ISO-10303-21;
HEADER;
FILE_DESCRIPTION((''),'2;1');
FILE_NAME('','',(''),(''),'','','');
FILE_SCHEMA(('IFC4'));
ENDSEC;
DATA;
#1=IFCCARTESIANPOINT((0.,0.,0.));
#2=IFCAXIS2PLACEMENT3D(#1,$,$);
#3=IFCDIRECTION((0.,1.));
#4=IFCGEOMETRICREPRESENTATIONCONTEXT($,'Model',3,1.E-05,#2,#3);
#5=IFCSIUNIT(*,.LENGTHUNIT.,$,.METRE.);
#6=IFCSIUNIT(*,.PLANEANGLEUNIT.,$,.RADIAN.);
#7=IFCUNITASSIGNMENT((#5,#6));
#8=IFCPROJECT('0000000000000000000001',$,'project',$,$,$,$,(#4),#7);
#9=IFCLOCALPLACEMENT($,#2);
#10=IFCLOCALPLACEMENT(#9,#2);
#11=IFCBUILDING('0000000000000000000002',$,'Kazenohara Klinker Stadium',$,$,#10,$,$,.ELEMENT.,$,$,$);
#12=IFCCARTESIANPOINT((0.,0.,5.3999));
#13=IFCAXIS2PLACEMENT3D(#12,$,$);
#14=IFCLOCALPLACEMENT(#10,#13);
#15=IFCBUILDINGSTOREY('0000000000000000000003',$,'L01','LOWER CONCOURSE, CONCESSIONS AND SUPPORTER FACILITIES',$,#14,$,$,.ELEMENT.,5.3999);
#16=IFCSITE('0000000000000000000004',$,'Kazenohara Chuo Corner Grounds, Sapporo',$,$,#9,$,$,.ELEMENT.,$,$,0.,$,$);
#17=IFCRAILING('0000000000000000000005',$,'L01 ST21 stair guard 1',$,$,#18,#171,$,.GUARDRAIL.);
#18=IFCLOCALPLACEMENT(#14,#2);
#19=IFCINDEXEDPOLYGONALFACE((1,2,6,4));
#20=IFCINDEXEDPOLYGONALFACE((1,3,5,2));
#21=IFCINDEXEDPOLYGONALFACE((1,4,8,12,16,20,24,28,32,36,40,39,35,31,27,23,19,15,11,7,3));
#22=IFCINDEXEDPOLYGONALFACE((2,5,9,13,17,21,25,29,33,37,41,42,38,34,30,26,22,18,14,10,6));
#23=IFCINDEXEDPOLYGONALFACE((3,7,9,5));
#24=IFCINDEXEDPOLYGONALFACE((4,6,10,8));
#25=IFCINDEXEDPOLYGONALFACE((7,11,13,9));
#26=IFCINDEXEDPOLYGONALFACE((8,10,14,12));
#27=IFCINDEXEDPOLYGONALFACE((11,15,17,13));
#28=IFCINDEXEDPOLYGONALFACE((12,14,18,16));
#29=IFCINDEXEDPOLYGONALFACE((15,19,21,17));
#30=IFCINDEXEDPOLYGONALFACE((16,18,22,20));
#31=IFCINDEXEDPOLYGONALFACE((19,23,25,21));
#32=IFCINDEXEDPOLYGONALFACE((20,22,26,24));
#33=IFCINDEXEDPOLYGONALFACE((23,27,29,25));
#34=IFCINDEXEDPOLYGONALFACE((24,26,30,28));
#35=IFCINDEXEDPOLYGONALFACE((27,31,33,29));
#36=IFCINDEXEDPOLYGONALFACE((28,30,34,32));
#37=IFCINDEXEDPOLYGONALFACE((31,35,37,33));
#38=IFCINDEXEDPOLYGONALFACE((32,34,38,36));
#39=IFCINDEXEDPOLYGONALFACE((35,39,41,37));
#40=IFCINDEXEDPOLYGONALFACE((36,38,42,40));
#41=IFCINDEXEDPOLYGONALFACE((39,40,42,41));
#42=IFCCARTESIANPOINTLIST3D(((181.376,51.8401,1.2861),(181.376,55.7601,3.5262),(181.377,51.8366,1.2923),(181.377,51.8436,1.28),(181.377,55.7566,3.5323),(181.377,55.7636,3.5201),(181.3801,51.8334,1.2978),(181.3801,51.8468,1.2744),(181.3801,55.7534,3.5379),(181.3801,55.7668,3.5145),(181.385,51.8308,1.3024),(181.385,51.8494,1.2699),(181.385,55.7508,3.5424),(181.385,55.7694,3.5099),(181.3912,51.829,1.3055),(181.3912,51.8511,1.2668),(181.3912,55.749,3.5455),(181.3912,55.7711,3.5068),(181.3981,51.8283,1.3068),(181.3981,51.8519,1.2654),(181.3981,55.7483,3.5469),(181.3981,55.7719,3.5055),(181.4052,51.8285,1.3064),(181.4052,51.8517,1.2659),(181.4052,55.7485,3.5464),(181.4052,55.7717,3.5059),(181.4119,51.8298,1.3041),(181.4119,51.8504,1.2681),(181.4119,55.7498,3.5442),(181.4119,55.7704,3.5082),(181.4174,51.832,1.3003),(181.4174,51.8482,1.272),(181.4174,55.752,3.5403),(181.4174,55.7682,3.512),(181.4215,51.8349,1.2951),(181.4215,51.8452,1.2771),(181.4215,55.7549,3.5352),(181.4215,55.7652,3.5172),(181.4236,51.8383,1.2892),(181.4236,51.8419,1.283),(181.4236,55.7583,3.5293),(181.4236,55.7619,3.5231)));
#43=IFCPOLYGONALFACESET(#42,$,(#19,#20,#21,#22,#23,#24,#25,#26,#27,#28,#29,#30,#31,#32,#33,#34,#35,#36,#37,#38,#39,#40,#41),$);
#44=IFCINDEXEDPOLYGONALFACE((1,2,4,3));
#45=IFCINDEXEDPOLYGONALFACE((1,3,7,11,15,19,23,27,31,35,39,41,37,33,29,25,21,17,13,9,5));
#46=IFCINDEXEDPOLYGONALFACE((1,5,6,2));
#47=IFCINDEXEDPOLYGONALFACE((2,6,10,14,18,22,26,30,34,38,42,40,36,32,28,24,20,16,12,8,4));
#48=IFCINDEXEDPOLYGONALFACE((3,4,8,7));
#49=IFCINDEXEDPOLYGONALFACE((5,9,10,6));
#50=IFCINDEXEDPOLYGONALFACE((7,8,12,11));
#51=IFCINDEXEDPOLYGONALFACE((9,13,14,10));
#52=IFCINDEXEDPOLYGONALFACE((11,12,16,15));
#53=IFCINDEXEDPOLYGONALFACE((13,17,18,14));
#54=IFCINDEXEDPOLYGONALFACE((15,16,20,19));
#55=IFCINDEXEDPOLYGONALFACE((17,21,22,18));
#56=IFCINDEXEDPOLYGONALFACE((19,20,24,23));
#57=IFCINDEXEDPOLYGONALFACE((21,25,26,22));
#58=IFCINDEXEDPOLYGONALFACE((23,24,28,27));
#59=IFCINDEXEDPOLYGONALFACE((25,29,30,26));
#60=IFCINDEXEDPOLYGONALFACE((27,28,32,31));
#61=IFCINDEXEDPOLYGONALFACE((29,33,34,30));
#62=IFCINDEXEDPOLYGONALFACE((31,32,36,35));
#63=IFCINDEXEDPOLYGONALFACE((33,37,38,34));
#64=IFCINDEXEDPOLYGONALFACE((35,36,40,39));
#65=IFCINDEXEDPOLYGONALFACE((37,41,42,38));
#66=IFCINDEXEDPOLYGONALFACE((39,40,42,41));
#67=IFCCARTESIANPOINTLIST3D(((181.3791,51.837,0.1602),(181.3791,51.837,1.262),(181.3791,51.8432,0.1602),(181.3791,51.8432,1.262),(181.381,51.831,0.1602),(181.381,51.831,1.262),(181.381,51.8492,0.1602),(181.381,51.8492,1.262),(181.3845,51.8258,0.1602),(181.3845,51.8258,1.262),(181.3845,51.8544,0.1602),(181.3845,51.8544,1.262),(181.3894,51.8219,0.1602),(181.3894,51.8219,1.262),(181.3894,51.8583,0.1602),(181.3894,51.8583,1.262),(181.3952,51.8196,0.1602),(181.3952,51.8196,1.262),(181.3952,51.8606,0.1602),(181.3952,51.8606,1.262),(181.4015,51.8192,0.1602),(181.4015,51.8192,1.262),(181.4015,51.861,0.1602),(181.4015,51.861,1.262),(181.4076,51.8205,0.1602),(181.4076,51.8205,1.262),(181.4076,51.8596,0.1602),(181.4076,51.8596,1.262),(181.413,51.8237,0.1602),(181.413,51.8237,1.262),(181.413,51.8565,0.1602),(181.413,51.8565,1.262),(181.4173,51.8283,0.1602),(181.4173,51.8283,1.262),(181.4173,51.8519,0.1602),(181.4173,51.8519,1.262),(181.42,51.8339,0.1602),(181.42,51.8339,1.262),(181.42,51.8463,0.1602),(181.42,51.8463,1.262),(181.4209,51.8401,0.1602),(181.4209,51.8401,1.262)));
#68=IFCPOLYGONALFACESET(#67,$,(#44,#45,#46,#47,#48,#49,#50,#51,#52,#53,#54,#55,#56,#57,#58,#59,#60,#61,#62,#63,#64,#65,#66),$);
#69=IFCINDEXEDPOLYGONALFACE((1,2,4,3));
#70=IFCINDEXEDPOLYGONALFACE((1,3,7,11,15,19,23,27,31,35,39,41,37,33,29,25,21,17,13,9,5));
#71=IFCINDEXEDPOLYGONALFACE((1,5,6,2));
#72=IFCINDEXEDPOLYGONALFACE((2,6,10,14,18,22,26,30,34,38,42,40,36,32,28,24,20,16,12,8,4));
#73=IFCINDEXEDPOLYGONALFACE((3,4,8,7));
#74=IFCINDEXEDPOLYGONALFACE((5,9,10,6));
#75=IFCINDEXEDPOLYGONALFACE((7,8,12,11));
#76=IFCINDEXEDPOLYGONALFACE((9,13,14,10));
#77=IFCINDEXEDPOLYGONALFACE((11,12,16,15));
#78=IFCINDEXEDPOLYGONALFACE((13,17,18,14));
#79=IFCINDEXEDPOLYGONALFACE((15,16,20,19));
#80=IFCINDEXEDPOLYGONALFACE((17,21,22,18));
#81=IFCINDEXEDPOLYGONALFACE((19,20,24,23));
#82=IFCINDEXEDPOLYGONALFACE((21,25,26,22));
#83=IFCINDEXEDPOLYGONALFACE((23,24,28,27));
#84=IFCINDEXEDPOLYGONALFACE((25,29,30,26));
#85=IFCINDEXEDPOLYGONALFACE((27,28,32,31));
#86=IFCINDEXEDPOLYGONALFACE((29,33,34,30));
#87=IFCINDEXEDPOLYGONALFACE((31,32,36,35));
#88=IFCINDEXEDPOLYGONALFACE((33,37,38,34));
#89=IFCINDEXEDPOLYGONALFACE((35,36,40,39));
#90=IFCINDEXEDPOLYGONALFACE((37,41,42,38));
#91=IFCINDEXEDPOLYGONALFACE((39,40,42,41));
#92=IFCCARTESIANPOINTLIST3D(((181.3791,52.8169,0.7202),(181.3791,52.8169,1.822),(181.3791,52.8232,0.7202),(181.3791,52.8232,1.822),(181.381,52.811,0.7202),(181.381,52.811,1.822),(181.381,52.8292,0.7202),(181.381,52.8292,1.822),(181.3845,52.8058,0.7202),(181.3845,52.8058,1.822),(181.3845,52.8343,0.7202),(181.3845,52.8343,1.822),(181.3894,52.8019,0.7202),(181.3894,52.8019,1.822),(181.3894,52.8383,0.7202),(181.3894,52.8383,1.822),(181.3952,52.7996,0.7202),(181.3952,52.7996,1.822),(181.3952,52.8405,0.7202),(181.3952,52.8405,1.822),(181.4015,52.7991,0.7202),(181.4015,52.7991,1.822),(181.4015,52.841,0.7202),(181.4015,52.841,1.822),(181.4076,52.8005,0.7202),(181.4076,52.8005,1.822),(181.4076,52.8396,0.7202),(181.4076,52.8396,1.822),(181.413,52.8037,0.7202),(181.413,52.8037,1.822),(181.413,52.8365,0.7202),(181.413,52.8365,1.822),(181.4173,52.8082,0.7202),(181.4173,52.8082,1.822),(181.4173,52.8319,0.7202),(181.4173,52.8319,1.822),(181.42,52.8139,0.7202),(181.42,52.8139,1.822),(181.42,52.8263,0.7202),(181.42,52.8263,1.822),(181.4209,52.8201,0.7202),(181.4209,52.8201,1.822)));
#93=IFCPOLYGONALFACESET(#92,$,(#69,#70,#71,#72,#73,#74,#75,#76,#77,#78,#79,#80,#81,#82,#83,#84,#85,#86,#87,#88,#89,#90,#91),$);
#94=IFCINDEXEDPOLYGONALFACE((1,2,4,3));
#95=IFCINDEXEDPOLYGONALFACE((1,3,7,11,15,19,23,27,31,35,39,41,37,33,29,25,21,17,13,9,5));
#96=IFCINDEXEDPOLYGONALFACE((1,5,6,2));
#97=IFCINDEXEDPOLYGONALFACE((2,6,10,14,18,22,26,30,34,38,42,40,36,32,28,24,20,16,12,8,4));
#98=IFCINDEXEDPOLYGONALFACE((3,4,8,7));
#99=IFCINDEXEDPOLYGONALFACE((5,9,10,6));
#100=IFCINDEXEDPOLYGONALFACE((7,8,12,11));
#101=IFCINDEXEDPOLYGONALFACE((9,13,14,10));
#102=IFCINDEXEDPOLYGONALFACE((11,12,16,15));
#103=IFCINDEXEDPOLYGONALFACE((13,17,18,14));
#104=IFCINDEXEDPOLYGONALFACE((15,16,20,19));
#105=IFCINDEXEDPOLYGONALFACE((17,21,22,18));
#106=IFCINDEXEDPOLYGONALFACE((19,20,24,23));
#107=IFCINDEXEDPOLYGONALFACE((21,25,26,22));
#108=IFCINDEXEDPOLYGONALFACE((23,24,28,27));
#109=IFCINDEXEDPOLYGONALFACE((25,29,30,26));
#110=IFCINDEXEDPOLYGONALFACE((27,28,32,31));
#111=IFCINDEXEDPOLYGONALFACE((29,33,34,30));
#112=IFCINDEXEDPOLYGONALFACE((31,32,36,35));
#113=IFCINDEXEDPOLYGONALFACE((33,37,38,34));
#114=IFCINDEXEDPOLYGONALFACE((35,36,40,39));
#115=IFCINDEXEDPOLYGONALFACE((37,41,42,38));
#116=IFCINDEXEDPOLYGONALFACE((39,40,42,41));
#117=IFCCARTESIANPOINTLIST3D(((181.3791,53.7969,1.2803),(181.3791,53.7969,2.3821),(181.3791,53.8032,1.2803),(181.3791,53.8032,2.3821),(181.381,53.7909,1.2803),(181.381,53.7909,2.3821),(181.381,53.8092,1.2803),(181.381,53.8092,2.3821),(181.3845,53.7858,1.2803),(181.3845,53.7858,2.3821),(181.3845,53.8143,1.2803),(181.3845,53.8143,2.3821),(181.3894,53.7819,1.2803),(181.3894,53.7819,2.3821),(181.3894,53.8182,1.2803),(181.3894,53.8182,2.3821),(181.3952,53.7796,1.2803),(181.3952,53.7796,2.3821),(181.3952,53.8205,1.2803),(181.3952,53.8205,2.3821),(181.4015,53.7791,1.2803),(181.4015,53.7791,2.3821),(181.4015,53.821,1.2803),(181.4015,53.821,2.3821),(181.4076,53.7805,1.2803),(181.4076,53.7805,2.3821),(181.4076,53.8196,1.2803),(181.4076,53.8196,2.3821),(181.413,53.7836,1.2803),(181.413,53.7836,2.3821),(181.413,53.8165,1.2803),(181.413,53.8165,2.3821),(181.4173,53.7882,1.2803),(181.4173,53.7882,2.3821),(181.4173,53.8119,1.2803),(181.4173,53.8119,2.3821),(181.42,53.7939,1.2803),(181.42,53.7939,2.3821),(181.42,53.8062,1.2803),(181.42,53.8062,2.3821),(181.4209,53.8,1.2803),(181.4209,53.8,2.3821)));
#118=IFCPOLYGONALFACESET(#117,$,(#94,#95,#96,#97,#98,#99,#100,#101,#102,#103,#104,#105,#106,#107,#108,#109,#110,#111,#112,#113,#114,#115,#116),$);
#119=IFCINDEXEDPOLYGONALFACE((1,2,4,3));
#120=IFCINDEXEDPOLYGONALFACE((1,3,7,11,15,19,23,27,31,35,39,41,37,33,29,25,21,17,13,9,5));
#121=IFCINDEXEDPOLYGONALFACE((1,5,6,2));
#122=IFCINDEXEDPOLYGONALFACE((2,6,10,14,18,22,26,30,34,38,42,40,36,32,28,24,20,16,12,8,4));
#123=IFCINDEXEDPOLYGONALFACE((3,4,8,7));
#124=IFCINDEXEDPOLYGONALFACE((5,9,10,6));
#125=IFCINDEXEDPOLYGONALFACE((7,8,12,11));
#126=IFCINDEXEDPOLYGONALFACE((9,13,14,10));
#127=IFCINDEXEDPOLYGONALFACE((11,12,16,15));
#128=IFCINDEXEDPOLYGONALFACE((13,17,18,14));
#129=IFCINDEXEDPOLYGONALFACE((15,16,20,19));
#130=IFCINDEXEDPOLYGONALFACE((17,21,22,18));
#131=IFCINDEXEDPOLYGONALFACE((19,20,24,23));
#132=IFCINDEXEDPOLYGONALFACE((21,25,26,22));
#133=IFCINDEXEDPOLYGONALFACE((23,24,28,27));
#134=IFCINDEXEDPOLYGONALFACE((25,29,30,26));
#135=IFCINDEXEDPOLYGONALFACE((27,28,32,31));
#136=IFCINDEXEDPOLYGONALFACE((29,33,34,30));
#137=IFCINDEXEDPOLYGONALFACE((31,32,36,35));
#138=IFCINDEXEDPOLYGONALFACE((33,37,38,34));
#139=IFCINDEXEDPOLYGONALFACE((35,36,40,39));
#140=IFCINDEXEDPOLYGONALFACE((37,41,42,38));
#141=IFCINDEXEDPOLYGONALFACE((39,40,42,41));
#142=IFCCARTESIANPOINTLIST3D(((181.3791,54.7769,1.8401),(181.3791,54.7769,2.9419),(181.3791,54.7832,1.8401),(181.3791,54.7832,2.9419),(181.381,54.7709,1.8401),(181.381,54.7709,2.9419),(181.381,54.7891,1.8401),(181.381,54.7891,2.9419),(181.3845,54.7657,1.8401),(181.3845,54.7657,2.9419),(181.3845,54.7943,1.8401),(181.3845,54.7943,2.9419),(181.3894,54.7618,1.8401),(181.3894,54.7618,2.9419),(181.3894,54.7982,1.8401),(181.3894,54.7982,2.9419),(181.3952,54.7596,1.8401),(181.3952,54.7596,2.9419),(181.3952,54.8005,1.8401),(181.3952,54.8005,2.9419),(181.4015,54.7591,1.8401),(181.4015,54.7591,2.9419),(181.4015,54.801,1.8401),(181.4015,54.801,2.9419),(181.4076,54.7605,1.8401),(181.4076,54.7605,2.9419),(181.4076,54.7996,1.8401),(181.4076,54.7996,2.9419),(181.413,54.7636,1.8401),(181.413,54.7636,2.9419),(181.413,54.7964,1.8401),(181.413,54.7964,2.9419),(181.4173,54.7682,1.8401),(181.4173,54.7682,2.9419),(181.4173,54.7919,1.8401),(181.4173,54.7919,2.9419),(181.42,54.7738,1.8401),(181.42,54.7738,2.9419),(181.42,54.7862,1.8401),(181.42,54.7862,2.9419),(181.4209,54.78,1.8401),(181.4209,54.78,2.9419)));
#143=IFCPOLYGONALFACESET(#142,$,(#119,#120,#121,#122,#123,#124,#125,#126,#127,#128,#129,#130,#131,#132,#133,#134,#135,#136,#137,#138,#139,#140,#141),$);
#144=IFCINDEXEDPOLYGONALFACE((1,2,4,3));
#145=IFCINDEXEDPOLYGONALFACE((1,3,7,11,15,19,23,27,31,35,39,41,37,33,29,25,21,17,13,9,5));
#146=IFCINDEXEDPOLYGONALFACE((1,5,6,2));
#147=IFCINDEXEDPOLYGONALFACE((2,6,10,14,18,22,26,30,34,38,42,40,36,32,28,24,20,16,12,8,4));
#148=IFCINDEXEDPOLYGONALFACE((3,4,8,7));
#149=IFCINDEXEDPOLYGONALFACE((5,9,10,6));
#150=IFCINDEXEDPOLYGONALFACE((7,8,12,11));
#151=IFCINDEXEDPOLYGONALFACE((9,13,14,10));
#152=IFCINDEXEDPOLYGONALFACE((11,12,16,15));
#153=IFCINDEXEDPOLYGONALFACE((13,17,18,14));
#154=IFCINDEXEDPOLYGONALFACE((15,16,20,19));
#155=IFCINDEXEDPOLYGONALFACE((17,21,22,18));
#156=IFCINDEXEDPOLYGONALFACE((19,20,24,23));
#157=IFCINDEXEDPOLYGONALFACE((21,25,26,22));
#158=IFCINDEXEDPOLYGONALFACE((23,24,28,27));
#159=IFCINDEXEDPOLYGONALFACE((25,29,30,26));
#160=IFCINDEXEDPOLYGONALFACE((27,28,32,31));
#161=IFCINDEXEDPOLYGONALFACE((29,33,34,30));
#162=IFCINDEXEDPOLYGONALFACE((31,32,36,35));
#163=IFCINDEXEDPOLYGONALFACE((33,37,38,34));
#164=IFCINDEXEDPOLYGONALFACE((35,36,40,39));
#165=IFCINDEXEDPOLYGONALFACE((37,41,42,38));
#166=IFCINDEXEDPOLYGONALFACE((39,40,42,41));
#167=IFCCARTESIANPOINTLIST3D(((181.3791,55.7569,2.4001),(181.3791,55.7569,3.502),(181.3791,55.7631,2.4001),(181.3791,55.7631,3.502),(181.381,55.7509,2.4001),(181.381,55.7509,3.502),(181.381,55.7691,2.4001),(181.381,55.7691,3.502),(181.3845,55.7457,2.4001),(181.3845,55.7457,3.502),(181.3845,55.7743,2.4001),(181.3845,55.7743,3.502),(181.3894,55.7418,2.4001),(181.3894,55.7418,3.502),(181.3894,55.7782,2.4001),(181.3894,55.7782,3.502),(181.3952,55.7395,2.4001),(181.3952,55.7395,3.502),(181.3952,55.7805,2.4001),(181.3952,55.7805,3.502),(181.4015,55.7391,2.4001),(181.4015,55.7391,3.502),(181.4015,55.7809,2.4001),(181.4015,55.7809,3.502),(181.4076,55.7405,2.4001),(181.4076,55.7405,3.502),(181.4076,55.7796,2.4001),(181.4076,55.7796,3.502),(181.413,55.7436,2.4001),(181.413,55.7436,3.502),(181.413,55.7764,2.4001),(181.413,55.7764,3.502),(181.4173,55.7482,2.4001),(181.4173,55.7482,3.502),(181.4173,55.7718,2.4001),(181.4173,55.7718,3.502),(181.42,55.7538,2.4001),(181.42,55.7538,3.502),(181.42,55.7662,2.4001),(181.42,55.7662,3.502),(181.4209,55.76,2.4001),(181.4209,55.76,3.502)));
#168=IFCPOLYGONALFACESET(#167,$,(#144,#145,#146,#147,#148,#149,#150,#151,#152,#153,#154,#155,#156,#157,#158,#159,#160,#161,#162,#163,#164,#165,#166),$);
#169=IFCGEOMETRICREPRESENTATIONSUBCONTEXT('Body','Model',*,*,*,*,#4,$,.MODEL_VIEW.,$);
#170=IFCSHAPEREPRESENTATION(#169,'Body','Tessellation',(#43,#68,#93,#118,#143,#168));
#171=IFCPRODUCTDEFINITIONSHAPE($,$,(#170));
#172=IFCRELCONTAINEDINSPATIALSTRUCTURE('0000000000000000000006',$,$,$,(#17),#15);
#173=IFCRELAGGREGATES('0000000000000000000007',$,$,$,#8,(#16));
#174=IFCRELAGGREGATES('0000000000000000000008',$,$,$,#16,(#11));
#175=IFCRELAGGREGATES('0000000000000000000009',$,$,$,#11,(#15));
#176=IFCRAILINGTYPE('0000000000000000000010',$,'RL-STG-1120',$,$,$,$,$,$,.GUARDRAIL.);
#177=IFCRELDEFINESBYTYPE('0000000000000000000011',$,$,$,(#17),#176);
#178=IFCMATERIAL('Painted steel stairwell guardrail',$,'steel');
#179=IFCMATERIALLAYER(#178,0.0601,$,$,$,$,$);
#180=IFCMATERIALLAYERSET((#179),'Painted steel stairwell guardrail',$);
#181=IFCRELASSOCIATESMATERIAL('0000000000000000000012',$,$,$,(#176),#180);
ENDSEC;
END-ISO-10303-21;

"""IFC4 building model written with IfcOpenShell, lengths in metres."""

from ifc_helpers import new_model, si_unit, direction, frame, origin, origin_2d, place, context, subcontext, project, spatial, circle, extrude, material, layer, layer_set, type_object, element, save


model = new_model("IFC4")

# Units and contexts
model_context = context("Model", 3, precision=1e-05, world=origin(), true_north=direction((0.0, 1.0)))
body_context = subcontext(model_context, "Body", "Model", "MODEL_VIEW")
ifc_project = project(units=[si_unit("LENGTHUNIT", "METRE"), si_unit("PLANEANGLEUNIT", "RADIAN")], contexts=[model_context])

# Site, building, storey
site_placement = place(None, origin())
site = spatial("IfcSite", under=ifc_project, at=site_placement, Name="Kazenohara Chuo Corner Grounds, Sapporo", CompositionType="ELEMENT", RefElevation=0.0)
building_placement = place(site_placement, origin())
building = spatial("IfcBuilding", under=site, at=building_placement, Name="Kazenohara Klinker Stadium", CompositionType="ELEMENT")
storey_placement = place(building_placement, frame((0.0, 0.0, 5.3999)))
storey = spatial("IfcBuildingStorey", under=building, at=storey_placement, Name="L01", Description="LOWER CONCOURSE, CONCESSIONS AND SUPPORTER FACILITIES", CompositionType="ELEMENT", Elevation=5.3999)

# Railing
ifc_material_1 = material(Name="Painted steel stairwell guardrail", Category="steel")
ifc_layer_1 = layer(ifc_material_1, 0.0601)
ifc_layer_set_1 = layer_set([ifc_layer_1], Name="Painted steel stairwell guardrail")
railing_type_1 = type_object("IfcRailingType", Name="RL-STG-1120", PredefinedType="GUARDRAIL", material=ifc_layer_set_1)
railing_1_placement = place(storey_placement, frame((181.3999, 51.8401, 0.1602)))
element("IfcRailing", 1, at=railing_1_placement, inside=storey, type_object=railing_type_1, Name="L01 ST21 stair guard 1", PredefinedType="GUARDRAIL", context=body_context, shape_type="SweptSolid", body=[
    extrude(circle(Radius=0.0239, at=origin_2d()), frame((0.0, 0.0, 1.126), z_axis=(0.0, 0.86824, 0.496145), x_axis=(-1.0, 0.0, 0.0)), (0.0, 0.0, 1.0), 4.5149),
    extrude(circle(Radius=0.021, at=origin_2d()), origin(), (0.0, 0.0, 1.0), 1.1018),
    extrude(circle(Radius=0.021, at=origin_2d()), frame((0.0, 0.98, 0.5601)), (0.0, 0.0, 1.0), 1.1018),
    extrude(circle(Radius=0.021, at=origin_2d()), frame((0.0, 1.96, 1.1201)), (0.0, 0.0, 1.0), 1.1018),
    extrude(circle(Radius=0.021, at=origin_2d()), frame((0.0, 2.9399, 1.6799)), (0.0, 0.0, 1.0), 1.1018),
    extrude(circle(Radius=0.021, at=origin_2d()), frame((0.0, 3.9199, 2.24)), (0.0, 0.0, 1.0), 1.1018),
])

save(model, "model.ifc")
